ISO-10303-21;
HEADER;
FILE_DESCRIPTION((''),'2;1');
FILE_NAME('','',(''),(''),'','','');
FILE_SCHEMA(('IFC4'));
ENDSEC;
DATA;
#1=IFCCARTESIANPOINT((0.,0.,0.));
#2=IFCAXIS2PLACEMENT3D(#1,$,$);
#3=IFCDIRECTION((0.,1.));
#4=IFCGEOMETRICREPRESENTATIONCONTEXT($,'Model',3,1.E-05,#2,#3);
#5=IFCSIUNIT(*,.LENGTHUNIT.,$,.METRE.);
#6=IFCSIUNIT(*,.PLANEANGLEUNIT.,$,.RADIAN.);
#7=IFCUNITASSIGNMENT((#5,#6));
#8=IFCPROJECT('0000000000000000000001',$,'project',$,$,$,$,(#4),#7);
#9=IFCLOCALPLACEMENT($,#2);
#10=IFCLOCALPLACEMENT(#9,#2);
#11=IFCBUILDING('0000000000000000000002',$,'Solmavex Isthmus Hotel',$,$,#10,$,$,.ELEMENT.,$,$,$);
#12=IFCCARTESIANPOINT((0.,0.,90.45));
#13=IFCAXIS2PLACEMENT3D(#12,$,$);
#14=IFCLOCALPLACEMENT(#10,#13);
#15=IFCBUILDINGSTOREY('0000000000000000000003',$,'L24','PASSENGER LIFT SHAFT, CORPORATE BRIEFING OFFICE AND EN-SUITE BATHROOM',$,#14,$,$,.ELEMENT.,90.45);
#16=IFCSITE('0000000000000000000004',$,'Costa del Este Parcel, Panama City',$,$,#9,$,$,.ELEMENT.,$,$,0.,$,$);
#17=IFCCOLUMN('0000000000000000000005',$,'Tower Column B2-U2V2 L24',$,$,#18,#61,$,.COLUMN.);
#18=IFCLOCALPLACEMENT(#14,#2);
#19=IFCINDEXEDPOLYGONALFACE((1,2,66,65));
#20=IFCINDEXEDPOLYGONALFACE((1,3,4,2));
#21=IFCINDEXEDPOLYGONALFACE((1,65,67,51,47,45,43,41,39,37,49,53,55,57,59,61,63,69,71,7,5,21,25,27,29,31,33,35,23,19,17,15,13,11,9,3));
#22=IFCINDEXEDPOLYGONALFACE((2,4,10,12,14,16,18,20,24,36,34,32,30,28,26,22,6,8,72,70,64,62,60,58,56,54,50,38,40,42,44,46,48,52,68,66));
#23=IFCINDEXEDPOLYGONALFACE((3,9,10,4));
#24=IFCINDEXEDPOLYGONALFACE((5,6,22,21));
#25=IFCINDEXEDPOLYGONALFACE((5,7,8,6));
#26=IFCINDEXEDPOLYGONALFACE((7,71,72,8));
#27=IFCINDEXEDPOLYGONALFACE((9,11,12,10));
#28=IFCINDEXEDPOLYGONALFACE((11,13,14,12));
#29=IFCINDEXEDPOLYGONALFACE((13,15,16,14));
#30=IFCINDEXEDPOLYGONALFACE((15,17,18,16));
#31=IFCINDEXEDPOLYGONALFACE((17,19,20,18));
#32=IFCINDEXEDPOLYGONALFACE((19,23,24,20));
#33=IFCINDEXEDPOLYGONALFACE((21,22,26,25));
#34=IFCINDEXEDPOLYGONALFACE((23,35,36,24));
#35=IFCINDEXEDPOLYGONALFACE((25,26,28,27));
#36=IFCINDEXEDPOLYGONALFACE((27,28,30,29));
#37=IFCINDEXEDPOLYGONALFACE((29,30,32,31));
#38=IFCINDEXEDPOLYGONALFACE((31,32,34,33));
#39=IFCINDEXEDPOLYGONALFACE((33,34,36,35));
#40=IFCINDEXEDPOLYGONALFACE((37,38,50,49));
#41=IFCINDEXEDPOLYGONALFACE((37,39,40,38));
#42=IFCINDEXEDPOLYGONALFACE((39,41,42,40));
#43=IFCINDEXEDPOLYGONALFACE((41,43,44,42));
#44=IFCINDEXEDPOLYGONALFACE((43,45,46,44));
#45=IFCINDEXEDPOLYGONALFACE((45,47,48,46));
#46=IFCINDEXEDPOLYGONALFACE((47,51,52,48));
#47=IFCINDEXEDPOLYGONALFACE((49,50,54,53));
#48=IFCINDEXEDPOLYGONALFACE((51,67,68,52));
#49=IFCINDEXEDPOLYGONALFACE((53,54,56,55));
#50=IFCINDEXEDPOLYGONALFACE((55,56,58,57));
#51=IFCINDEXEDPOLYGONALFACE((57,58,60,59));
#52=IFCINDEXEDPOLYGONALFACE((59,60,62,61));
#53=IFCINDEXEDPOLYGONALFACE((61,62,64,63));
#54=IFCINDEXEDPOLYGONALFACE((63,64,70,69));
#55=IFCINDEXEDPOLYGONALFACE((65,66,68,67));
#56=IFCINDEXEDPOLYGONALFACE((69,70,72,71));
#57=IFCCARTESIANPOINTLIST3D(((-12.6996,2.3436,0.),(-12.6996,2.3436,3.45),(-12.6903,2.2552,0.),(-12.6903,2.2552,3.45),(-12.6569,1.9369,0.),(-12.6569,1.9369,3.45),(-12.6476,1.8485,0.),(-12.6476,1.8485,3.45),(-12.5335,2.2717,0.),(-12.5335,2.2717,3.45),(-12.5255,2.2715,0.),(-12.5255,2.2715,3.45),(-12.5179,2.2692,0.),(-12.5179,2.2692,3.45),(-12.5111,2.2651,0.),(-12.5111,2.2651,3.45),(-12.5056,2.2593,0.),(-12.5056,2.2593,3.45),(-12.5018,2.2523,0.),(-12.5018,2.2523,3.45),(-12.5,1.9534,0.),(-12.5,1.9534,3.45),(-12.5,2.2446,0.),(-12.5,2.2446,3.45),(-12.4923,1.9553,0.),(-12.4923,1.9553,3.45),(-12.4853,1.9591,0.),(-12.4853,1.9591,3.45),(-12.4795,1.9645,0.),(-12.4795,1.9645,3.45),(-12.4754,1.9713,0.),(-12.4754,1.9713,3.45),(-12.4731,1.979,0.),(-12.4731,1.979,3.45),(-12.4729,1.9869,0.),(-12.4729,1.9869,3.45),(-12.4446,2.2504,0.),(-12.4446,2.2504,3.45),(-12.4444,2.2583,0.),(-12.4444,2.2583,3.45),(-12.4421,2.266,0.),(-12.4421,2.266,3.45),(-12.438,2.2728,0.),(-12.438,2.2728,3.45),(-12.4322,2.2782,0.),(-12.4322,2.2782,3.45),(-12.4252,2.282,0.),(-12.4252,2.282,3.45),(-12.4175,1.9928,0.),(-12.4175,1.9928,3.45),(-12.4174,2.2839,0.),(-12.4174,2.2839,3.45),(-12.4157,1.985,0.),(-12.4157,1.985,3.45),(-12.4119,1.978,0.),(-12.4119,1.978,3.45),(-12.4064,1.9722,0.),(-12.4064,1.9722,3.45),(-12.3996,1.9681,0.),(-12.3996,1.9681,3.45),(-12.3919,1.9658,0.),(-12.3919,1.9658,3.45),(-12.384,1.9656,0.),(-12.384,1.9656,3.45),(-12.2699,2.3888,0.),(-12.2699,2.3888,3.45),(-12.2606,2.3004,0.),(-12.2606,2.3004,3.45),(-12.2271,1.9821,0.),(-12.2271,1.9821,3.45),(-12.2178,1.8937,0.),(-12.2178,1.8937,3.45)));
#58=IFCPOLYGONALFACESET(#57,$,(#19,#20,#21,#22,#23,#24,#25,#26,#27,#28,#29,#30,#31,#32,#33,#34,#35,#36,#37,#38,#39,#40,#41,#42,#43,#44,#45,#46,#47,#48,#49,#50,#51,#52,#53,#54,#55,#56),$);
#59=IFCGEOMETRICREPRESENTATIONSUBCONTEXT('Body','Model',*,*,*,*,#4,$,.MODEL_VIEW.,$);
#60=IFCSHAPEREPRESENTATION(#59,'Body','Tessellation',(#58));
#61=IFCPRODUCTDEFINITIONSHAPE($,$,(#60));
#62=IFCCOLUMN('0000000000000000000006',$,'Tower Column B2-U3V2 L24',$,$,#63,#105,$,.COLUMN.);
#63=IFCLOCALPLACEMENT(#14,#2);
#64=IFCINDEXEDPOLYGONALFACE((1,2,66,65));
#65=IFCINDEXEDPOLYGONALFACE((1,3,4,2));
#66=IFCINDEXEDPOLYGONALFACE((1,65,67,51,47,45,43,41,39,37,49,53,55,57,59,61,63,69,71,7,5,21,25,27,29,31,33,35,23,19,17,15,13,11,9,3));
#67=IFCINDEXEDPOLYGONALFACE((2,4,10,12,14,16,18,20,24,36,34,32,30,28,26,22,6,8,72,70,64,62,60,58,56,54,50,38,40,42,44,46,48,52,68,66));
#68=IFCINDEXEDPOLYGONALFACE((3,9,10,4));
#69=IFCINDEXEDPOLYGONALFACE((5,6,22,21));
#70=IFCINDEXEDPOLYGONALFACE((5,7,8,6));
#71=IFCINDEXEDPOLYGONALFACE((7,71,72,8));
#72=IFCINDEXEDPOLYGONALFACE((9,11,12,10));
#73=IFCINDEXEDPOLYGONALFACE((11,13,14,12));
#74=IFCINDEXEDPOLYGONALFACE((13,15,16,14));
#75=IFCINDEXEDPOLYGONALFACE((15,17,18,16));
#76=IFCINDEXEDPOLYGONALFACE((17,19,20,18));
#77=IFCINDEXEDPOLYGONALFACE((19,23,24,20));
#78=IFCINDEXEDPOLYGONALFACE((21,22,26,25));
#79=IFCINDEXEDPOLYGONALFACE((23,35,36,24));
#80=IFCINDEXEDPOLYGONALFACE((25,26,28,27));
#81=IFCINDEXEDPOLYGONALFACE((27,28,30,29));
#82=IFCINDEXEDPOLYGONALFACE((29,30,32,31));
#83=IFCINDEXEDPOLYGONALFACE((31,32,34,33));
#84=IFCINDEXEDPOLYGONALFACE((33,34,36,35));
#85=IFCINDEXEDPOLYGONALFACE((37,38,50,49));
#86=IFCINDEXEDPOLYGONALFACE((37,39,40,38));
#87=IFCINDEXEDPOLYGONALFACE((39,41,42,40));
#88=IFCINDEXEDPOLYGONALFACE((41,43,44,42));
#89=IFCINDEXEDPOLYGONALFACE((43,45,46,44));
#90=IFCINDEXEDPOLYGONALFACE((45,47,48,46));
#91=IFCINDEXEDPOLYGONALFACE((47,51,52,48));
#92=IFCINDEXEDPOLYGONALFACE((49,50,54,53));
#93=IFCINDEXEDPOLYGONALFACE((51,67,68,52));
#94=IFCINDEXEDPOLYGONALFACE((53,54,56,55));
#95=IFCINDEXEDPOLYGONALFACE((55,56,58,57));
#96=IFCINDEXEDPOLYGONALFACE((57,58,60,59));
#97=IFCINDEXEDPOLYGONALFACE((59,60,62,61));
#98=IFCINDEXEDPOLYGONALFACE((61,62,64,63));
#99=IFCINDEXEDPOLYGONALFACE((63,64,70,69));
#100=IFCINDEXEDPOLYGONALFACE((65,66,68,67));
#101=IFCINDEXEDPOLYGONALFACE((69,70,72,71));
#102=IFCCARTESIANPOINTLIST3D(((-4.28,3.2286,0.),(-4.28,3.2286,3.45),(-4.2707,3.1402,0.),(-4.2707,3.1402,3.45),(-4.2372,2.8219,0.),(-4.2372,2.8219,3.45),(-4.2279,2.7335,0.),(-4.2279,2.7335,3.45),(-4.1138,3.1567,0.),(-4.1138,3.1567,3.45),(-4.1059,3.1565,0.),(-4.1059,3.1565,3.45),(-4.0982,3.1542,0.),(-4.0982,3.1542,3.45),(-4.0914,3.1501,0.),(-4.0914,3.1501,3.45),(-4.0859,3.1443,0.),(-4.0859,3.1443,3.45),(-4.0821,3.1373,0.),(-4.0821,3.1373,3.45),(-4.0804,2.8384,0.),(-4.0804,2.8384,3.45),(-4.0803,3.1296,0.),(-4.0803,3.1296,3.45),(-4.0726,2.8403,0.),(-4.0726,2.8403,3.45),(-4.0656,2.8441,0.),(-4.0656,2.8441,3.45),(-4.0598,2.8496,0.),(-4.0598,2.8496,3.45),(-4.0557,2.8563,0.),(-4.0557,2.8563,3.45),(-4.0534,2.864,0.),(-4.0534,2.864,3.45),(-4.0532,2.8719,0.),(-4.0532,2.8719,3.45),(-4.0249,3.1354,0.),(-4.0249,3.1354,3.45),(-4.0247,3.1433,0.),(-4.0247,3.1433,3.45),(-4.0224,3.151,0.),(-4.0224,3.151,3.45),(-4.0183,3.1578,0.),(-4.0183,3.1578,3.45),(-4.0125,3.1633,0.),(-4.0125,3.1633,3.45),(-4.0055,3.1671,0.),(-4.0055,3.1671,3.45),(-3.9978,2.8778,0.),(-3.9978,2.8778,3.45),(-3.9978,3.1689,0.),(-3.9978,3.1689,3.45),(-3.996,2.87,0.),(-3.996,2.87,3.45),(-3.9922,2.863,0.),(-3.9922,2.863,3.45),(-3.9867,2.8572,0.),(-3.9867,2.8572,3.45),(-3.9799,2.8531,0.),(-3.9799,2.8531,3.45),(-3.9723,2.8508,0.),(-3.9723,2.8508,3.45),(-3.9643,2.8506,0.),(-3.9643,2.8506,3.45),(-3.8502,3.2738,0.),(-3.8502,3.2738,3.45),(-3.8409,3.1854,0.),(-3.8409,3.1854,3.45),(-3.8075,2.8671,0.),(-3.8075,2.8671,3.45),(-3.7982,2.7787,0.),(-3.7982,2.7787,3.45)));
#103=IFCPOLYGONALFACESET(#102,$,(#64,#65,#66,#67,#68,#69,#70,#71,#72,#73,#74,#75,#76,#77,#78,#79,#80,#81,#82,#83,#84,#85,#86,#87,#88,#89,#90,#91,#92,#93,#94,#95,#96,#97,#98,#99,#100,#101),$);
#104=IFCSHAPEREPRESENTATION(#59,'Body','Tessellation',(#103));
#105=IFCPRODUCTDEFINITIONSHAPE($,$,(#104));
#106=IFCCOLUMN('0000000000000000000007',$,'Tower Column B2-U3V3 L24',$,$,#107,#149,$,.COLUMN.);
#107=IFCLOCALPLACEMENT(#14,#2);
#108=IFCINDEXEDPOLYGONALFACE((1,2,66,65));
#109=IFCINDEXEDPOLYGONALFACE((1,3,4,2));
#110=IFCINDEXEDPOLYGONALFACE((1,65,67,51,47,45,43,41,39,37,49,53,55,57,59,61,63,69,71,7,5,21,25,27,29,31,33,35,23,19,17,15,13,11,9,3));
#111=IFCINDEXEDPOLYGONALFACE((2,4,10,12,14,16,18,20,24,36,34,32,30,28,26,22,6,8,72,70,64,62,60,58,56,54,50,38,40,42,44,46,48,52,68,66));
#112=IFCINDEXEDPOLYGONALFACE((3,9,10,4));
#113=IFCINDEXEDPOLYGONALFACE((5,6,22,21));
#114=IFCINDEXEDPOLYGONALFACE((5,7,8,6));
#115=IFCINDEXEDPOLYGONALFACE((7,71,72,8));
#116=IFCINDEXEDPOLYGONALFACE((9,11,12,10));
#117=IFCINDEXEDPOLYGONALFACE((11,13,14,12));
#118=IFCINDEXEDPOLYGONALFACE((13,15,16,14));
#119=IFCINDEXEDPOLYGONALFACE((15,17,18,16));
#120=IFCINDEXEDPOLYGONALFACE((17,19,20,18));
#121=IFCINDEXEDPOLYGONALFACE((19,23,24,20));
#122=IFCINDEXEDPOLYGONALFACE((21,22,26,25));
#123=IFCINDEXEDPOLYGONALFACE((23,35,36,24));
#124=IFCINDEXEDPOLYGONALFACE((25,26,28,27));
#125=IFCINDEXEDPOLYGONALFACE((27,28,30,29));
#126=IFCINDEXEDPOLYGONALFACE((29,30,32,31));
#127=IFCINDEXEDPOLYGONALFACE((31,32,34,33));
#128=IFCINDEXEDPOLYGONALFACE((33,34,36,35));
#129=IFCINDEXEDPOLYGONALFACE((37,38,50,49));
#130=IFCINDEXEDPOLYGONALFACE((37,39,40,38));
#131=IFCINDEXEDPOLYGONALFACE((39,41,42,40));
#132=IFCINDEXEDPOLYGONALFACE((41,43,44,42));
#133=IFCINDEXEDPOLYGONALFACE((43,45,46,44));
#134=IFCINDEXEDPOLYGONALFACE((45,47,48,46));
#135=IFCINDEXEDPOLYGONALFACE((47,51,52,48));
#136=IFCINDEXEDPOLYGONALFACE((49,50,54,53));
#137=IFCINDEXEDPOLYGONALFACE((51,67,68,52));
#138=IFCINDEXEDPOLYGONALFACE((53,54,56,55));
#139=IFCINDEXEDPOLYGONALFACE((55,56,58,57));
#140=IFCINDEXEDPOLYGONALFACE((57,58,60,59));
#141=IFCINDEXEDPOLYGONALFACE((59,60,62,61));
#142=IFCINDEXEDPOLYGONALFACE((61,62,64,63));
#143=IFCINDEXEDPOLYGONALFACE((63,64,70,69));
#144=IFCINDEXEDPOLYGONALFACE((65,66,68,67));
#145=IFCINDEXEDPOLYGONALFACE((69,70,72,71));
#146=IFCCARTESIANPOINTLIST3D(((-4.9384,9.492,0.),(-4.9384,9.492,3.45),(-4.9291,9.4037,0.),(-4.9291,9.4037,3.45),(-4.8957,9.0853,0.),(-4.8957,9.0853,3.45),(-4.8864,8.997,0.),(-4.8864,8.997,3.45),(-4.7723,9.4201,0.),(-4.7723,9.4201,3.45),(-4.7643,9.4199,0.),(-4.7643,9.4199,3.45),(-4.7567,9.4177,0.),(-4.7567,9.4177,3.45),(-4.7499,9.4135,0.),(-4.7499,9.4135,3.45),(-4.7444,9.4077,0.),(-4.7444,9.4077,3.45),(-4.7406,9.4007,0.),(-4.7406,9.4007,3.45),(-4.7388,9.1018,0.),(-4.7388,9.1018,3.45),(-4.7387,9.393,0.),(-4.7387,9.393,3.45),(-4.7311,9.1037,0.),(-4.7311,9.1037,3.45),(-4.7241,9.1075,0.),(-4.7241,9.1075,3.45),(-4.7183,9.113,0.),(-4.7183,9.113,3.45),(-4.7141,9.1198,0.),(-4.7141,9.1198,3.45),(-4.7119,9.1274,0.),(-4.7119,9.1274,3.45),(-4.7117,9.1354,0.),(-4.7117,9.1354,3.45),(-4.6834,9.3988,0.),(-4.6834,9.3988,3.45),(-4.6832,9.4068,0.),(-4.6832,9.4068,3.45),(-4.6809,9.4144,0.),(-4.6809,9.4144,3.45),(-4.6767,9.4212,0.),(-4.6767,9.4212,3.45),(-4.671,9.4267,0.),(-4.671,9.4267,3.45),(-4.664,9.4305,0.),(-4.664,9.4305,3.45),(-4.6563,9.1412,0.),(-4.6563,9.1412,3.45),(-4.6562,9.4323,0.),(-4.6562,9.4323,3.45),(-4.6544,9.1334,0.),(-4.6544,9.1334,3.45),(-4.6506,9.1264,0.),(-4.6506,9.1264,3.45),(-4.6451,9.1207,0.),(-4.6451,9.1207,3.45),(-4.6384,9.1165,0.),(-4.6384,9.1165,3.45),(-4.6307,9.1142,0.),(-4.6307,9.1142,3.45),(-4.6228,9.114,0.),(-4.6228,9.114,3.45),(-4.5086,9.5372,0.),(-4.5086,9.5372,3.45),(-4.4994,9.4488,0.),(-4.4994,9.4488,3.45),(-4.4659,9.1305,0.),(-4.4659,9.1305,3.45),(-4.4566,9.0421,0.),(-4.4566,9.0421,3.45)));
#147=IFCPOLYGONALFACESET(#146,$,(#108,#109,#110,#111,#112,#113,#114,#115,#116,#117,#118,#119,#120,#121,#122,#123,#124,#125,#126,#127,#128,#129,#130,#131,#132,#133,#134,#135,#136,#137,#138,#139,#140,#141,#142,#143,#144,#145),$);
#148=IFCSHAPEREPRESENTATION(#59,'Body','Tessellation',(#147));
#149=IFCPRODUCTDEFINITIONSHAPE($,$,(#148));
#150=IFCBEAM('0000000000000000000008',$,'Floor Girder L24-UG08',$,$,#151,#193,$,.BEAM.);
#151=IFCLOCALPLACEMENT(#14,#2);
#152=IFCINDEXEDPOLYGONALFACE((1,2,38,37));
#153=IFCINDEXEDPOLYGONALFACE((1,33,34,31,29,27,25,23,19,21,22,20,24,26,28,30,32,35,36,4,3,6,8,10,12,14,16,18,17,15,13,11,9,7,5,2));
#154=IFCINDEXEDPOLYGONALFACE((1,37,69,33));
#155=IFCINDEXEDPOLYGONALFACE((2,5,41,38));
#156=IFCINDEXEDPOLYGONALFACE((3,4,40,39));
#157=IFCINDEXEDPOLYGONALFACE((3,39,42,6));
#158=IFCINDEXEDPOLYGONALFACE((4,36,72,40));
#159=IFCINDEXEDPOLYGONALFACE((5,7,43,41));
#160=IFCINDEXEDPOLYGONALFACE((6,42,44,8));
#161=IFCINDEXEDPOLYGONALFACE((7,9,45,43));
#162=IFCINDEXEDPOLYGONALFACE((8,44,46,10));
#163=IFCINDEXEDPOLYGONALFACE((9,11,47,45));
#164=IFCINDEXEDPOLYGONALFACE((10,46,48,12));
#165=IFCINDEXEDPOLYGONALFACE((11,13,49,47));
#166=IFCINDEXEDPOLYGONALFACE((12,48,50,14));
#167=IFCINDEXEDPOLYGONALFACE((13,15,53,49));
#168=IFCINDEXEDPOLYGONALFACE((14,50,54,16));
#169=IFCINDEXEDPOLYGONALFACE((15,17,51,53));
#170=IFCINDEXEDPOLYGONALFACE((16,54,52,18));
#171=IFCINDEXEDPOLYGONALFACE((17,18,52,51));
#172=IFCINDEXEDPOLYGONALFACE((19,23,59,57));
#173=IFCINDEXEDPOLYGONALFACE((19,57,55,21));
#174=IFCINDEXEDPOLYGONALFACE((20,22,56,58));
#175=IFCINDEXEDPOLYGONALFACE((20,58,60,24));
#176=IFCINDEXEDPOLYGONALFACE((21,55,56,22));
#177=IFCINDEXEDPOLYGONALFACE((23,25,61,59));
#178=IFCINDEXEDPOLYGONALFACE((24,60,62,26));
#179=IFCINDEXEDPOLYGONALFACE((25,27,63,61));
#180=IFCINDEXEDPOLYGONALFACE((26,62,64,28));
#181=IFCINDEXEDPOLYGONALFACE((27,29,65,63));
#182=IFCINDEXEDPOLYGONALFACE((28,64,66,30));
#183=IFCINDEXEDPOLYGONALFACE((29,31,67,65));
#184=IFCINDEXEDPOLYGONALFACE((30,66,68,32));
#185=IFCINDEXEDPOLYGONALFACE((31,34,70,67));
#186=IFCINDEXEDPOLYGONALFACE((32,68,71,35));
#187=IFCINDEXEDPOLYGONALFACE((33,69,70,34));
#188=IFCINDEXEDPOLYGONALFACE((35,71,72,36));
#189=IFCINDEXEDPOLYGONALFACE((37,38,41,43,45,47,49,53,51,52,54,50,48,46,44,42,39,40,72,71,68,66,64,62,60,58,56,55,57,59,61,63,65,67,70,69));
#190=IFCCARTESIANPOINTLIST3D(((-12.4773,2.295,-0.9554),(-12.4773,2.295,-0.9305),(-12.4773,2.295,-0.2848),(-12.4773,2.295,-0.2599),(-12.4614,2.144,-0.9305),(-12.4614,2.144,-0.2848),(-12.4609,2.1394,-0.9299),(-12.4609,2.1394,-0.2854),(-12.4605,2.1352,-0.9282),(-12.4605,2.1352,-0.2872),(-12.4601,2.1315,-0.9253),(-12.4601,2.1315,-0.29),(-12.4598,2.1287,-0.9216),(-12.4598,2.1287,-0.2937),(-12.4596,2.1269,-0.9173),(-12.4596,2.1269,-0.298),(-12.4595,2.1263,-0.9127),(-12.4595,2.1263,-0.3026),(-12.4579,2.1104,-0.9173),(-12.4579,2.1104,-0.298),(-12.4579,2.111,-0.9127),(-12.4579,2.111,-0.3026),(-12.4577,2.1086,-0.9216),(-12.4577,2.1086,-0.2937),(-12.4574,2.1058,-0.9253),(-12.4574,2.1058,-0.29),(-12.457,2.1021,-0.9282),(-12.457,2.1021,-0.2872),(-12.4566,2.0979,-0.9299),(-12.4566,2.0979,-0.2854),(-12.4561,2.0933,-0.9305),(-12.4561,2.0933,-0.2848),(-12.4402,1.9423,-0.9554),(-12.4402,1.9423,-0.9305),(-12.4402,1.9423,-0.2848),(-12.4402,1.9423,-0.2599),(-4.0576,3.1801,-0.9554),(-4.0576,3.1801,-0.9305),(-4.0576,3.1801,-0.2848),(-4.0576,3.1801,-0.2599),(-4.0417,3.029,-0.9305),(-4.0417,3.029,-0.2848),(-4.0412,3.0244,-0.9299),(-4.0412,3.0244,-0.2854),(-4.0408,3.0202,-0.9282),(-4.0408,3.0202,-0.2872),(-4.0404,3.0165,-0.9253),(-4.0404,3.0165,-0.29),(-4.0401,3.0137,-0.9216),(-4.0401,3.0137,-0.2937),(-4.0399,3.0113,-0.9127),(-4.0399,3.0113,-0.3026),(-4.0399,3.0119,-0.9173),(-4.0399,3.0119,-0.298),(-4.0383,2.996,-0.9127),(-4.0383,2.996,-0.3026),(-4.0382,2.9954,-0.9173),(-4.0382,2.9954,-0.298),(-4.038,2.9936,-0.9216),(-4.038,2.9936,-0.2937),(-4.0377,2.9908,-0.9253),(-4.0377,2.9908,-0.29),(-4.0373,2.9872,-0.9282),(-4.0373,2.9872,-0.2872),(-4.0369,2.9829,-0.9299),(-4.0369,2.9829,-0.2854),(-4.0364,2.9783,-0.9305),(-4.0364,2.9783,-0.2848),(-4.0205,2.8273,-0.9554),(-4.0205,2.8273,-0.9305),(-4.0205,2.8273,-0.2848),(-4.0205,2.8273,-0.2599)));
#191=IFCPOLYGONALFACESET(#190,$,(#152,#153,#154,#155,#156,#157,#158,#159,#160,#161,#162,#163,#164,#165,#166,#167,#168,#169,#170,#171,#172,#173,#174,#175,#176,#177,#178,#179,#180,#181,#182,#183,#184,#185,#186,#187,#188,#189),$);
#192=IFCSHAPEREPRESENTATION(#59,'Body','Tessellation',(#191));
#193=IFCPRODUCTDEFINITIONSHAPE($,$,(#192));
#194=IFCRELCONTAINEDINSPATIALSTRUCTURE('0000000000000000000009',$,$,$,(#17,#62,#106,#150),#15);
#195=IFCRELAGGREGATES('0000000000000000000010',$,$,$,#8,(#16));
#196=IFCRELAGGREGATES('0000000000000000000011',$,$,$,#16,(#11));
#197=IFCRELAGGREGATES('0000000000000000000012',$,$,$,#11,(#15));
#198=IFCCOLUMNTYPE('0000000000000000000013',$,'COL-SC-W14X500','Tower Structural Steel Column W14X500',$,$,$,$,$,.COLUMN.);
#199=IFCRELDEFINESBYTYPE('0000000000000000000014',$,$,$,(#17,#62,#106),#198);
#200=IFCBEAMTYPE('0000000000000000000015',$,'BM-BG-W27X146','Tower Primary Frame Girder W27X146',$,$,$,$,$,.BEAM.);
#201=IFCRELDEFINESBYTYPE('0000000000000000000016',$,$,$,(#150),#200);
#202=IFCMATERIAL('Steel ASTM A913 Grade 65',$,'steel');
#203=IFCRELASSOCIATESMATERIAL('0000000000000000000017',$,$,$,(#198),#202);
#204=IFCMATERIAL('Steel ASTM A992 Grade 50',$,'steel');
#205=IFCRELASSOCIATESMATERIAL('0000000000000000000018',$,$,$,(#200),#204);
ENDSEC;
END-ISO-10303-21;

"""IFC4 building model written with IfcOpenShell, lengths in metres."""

from ifc_helpers import new_model, si_unit, direction, frame, origin, origin_2d, place, context, subcontext, project, spatial, i_section, extrude, material, material_profile, profile_set, type_object, element, save


model = new_model("IFC4")

# Units and contexts
model_context = context("Model", 3, precision=1e-05, world=origin(), true_north=direction((0.0, 1.0)))
body_context = subcontext(model_context, "Body", "Model", "MODEL_VIEW")
ifc_project = project(units=[si_unit("LENGTHUNIT", "METRE"), si_unit("PLANEANGLEUNIT", "RADIAN")], contexts=[model_context])

# Site, building, storey
site_placement = place(None, origin())
site = spatial("IfcSite", under=ifc_project, at=site_placement, Name="Costa del Este Parcel, Panama City", CompositionType="ELEMENT", RefElevation=0.0)
building_placement = place(site_placement, origin())
building = spatial("IfcBuilding", under=site, at=building_placement, Name="Solmavex Isthmus Hotel", CompositionType="ELEMENT")
storey_placement = place(building_placement, frame((0.0, 0.0, 90.45)))
storey = spatial("IfcBuildingStorey", under=building, at=storey_placement, Name="L24", Description="PASSENGER LIFT SHAFT, CORPORATE BRIEFING OFFICE AND EN-SUITE BATHROOM", CompositionType="ELEMENT", Elevation=90.45)

# Columns
ifc_material_1 = material(Name="Steel ASTM A913 Grade 65", Category="steel")
ifc_material_profile_1 = material_profile(ifc_material_1, i_section(OverallWidth=0.4321, OverallDepth=0.4978, WebThickness=0.0557, FlangeThickness=0.0889, FilletRadius=0.0305, at=origin_2d()), Name="W14X500")
ifc_profile_set_1 = profile_set([ifc_material_profile_1], Name="Steel ASTM A913 Grade 65")
column_type = type_object("IfcColumnType", Name="COL-SC-W14X500", Description="Tower Structural Steel Column W14X500", PredefinedType="COLUMN", material=ifc_profile_set_1)
for number, where, z_axis, x_axis, name in (
    (1, (-12.4587, 2.1187, 0.0), (0.0, 0.0, 1.0), (0.994522, 0.104528, 0.0), "Tower Column B2-U2V2 L24"),
    (2, (-4.0391, 3.0037, 0.0), (0.0, 0.0, 1.0), (0.994522, 0.104528, 0.0), "Tower Column B2-U3V2 L24"),
    (3, (-4.6975, 9.2671, 0.0), (0.0, 0.0, 1.0), (0.994522, 0.104528, 0.0), "Tower Column B2-U3V3 L24"),
):
    element("IfcColumn", number, at=place(storey_placement, frame(where, z_axis=z_axis, x_axis=x_axis)), inside=storey, type_object=column_type, Name=name, PredefinedType="COLUMN", context=body_context, shape_type="SweptSolid", body=[
        extrude(i_section(OverallWidth=0.4321, OverallDepth=0.4978, WebThickness=0.0557, FlangeThickness=0.0889, FilletRadius=0.0305, at=origin_2d()), origin(), (0.0, 0.0, 1.0), 3.45),
    ])

# Beam
ifc_material_2 = material(Name="Steel ASTM A992 Grade 50", Category="steel")
ifc_material_profile_2 = material_profile(ifc_material_2, i_section(OverallWidth=0.3547, OverallDepth=0.6956, WebThickness=0.0154, FlangeThickness=0.0249, FilletRadius=0.0178, at=origin_2d()), Name="W27X146")
ifc_profile_set_2 = profile_set([ifc_material_profile_2], Name="Steel ASTM A992 Grade 50")
beam_type_1 = type_object("IfcBeamType", Name="BM-BG-W27X146", Description="Tower Primary Frame Girder W27X146", PredefinedType="BEAM", material=ifc_profile_set_2)
beam_1_placement = place(storey_placement, frame((-12.4587, 2.1187, -0.6077), z_axis=(0.994521, 0.104536, 0.0), x_axis=(-0.104536, 0.994521, 0.0)))
element("IfcBeam", 4, at=beam_1_placement, inside=storey, type_object=beam_type_1, Name="Floor Girder L24-UG08", PredefinedType="BEAM", context=body_context, shape_type="SweptSolid", body=[
    extrude(i_section(OverallWidth=0.3547, OverallDepth=0.6956, WebThickness=0.0154, FlangeThickness=0.0249, FilletRadius=0.0178, at=origin_2d()), origin(), (0.0, 0.0, 1.0), 8.4661),
])

save(model, "model.ifc")
